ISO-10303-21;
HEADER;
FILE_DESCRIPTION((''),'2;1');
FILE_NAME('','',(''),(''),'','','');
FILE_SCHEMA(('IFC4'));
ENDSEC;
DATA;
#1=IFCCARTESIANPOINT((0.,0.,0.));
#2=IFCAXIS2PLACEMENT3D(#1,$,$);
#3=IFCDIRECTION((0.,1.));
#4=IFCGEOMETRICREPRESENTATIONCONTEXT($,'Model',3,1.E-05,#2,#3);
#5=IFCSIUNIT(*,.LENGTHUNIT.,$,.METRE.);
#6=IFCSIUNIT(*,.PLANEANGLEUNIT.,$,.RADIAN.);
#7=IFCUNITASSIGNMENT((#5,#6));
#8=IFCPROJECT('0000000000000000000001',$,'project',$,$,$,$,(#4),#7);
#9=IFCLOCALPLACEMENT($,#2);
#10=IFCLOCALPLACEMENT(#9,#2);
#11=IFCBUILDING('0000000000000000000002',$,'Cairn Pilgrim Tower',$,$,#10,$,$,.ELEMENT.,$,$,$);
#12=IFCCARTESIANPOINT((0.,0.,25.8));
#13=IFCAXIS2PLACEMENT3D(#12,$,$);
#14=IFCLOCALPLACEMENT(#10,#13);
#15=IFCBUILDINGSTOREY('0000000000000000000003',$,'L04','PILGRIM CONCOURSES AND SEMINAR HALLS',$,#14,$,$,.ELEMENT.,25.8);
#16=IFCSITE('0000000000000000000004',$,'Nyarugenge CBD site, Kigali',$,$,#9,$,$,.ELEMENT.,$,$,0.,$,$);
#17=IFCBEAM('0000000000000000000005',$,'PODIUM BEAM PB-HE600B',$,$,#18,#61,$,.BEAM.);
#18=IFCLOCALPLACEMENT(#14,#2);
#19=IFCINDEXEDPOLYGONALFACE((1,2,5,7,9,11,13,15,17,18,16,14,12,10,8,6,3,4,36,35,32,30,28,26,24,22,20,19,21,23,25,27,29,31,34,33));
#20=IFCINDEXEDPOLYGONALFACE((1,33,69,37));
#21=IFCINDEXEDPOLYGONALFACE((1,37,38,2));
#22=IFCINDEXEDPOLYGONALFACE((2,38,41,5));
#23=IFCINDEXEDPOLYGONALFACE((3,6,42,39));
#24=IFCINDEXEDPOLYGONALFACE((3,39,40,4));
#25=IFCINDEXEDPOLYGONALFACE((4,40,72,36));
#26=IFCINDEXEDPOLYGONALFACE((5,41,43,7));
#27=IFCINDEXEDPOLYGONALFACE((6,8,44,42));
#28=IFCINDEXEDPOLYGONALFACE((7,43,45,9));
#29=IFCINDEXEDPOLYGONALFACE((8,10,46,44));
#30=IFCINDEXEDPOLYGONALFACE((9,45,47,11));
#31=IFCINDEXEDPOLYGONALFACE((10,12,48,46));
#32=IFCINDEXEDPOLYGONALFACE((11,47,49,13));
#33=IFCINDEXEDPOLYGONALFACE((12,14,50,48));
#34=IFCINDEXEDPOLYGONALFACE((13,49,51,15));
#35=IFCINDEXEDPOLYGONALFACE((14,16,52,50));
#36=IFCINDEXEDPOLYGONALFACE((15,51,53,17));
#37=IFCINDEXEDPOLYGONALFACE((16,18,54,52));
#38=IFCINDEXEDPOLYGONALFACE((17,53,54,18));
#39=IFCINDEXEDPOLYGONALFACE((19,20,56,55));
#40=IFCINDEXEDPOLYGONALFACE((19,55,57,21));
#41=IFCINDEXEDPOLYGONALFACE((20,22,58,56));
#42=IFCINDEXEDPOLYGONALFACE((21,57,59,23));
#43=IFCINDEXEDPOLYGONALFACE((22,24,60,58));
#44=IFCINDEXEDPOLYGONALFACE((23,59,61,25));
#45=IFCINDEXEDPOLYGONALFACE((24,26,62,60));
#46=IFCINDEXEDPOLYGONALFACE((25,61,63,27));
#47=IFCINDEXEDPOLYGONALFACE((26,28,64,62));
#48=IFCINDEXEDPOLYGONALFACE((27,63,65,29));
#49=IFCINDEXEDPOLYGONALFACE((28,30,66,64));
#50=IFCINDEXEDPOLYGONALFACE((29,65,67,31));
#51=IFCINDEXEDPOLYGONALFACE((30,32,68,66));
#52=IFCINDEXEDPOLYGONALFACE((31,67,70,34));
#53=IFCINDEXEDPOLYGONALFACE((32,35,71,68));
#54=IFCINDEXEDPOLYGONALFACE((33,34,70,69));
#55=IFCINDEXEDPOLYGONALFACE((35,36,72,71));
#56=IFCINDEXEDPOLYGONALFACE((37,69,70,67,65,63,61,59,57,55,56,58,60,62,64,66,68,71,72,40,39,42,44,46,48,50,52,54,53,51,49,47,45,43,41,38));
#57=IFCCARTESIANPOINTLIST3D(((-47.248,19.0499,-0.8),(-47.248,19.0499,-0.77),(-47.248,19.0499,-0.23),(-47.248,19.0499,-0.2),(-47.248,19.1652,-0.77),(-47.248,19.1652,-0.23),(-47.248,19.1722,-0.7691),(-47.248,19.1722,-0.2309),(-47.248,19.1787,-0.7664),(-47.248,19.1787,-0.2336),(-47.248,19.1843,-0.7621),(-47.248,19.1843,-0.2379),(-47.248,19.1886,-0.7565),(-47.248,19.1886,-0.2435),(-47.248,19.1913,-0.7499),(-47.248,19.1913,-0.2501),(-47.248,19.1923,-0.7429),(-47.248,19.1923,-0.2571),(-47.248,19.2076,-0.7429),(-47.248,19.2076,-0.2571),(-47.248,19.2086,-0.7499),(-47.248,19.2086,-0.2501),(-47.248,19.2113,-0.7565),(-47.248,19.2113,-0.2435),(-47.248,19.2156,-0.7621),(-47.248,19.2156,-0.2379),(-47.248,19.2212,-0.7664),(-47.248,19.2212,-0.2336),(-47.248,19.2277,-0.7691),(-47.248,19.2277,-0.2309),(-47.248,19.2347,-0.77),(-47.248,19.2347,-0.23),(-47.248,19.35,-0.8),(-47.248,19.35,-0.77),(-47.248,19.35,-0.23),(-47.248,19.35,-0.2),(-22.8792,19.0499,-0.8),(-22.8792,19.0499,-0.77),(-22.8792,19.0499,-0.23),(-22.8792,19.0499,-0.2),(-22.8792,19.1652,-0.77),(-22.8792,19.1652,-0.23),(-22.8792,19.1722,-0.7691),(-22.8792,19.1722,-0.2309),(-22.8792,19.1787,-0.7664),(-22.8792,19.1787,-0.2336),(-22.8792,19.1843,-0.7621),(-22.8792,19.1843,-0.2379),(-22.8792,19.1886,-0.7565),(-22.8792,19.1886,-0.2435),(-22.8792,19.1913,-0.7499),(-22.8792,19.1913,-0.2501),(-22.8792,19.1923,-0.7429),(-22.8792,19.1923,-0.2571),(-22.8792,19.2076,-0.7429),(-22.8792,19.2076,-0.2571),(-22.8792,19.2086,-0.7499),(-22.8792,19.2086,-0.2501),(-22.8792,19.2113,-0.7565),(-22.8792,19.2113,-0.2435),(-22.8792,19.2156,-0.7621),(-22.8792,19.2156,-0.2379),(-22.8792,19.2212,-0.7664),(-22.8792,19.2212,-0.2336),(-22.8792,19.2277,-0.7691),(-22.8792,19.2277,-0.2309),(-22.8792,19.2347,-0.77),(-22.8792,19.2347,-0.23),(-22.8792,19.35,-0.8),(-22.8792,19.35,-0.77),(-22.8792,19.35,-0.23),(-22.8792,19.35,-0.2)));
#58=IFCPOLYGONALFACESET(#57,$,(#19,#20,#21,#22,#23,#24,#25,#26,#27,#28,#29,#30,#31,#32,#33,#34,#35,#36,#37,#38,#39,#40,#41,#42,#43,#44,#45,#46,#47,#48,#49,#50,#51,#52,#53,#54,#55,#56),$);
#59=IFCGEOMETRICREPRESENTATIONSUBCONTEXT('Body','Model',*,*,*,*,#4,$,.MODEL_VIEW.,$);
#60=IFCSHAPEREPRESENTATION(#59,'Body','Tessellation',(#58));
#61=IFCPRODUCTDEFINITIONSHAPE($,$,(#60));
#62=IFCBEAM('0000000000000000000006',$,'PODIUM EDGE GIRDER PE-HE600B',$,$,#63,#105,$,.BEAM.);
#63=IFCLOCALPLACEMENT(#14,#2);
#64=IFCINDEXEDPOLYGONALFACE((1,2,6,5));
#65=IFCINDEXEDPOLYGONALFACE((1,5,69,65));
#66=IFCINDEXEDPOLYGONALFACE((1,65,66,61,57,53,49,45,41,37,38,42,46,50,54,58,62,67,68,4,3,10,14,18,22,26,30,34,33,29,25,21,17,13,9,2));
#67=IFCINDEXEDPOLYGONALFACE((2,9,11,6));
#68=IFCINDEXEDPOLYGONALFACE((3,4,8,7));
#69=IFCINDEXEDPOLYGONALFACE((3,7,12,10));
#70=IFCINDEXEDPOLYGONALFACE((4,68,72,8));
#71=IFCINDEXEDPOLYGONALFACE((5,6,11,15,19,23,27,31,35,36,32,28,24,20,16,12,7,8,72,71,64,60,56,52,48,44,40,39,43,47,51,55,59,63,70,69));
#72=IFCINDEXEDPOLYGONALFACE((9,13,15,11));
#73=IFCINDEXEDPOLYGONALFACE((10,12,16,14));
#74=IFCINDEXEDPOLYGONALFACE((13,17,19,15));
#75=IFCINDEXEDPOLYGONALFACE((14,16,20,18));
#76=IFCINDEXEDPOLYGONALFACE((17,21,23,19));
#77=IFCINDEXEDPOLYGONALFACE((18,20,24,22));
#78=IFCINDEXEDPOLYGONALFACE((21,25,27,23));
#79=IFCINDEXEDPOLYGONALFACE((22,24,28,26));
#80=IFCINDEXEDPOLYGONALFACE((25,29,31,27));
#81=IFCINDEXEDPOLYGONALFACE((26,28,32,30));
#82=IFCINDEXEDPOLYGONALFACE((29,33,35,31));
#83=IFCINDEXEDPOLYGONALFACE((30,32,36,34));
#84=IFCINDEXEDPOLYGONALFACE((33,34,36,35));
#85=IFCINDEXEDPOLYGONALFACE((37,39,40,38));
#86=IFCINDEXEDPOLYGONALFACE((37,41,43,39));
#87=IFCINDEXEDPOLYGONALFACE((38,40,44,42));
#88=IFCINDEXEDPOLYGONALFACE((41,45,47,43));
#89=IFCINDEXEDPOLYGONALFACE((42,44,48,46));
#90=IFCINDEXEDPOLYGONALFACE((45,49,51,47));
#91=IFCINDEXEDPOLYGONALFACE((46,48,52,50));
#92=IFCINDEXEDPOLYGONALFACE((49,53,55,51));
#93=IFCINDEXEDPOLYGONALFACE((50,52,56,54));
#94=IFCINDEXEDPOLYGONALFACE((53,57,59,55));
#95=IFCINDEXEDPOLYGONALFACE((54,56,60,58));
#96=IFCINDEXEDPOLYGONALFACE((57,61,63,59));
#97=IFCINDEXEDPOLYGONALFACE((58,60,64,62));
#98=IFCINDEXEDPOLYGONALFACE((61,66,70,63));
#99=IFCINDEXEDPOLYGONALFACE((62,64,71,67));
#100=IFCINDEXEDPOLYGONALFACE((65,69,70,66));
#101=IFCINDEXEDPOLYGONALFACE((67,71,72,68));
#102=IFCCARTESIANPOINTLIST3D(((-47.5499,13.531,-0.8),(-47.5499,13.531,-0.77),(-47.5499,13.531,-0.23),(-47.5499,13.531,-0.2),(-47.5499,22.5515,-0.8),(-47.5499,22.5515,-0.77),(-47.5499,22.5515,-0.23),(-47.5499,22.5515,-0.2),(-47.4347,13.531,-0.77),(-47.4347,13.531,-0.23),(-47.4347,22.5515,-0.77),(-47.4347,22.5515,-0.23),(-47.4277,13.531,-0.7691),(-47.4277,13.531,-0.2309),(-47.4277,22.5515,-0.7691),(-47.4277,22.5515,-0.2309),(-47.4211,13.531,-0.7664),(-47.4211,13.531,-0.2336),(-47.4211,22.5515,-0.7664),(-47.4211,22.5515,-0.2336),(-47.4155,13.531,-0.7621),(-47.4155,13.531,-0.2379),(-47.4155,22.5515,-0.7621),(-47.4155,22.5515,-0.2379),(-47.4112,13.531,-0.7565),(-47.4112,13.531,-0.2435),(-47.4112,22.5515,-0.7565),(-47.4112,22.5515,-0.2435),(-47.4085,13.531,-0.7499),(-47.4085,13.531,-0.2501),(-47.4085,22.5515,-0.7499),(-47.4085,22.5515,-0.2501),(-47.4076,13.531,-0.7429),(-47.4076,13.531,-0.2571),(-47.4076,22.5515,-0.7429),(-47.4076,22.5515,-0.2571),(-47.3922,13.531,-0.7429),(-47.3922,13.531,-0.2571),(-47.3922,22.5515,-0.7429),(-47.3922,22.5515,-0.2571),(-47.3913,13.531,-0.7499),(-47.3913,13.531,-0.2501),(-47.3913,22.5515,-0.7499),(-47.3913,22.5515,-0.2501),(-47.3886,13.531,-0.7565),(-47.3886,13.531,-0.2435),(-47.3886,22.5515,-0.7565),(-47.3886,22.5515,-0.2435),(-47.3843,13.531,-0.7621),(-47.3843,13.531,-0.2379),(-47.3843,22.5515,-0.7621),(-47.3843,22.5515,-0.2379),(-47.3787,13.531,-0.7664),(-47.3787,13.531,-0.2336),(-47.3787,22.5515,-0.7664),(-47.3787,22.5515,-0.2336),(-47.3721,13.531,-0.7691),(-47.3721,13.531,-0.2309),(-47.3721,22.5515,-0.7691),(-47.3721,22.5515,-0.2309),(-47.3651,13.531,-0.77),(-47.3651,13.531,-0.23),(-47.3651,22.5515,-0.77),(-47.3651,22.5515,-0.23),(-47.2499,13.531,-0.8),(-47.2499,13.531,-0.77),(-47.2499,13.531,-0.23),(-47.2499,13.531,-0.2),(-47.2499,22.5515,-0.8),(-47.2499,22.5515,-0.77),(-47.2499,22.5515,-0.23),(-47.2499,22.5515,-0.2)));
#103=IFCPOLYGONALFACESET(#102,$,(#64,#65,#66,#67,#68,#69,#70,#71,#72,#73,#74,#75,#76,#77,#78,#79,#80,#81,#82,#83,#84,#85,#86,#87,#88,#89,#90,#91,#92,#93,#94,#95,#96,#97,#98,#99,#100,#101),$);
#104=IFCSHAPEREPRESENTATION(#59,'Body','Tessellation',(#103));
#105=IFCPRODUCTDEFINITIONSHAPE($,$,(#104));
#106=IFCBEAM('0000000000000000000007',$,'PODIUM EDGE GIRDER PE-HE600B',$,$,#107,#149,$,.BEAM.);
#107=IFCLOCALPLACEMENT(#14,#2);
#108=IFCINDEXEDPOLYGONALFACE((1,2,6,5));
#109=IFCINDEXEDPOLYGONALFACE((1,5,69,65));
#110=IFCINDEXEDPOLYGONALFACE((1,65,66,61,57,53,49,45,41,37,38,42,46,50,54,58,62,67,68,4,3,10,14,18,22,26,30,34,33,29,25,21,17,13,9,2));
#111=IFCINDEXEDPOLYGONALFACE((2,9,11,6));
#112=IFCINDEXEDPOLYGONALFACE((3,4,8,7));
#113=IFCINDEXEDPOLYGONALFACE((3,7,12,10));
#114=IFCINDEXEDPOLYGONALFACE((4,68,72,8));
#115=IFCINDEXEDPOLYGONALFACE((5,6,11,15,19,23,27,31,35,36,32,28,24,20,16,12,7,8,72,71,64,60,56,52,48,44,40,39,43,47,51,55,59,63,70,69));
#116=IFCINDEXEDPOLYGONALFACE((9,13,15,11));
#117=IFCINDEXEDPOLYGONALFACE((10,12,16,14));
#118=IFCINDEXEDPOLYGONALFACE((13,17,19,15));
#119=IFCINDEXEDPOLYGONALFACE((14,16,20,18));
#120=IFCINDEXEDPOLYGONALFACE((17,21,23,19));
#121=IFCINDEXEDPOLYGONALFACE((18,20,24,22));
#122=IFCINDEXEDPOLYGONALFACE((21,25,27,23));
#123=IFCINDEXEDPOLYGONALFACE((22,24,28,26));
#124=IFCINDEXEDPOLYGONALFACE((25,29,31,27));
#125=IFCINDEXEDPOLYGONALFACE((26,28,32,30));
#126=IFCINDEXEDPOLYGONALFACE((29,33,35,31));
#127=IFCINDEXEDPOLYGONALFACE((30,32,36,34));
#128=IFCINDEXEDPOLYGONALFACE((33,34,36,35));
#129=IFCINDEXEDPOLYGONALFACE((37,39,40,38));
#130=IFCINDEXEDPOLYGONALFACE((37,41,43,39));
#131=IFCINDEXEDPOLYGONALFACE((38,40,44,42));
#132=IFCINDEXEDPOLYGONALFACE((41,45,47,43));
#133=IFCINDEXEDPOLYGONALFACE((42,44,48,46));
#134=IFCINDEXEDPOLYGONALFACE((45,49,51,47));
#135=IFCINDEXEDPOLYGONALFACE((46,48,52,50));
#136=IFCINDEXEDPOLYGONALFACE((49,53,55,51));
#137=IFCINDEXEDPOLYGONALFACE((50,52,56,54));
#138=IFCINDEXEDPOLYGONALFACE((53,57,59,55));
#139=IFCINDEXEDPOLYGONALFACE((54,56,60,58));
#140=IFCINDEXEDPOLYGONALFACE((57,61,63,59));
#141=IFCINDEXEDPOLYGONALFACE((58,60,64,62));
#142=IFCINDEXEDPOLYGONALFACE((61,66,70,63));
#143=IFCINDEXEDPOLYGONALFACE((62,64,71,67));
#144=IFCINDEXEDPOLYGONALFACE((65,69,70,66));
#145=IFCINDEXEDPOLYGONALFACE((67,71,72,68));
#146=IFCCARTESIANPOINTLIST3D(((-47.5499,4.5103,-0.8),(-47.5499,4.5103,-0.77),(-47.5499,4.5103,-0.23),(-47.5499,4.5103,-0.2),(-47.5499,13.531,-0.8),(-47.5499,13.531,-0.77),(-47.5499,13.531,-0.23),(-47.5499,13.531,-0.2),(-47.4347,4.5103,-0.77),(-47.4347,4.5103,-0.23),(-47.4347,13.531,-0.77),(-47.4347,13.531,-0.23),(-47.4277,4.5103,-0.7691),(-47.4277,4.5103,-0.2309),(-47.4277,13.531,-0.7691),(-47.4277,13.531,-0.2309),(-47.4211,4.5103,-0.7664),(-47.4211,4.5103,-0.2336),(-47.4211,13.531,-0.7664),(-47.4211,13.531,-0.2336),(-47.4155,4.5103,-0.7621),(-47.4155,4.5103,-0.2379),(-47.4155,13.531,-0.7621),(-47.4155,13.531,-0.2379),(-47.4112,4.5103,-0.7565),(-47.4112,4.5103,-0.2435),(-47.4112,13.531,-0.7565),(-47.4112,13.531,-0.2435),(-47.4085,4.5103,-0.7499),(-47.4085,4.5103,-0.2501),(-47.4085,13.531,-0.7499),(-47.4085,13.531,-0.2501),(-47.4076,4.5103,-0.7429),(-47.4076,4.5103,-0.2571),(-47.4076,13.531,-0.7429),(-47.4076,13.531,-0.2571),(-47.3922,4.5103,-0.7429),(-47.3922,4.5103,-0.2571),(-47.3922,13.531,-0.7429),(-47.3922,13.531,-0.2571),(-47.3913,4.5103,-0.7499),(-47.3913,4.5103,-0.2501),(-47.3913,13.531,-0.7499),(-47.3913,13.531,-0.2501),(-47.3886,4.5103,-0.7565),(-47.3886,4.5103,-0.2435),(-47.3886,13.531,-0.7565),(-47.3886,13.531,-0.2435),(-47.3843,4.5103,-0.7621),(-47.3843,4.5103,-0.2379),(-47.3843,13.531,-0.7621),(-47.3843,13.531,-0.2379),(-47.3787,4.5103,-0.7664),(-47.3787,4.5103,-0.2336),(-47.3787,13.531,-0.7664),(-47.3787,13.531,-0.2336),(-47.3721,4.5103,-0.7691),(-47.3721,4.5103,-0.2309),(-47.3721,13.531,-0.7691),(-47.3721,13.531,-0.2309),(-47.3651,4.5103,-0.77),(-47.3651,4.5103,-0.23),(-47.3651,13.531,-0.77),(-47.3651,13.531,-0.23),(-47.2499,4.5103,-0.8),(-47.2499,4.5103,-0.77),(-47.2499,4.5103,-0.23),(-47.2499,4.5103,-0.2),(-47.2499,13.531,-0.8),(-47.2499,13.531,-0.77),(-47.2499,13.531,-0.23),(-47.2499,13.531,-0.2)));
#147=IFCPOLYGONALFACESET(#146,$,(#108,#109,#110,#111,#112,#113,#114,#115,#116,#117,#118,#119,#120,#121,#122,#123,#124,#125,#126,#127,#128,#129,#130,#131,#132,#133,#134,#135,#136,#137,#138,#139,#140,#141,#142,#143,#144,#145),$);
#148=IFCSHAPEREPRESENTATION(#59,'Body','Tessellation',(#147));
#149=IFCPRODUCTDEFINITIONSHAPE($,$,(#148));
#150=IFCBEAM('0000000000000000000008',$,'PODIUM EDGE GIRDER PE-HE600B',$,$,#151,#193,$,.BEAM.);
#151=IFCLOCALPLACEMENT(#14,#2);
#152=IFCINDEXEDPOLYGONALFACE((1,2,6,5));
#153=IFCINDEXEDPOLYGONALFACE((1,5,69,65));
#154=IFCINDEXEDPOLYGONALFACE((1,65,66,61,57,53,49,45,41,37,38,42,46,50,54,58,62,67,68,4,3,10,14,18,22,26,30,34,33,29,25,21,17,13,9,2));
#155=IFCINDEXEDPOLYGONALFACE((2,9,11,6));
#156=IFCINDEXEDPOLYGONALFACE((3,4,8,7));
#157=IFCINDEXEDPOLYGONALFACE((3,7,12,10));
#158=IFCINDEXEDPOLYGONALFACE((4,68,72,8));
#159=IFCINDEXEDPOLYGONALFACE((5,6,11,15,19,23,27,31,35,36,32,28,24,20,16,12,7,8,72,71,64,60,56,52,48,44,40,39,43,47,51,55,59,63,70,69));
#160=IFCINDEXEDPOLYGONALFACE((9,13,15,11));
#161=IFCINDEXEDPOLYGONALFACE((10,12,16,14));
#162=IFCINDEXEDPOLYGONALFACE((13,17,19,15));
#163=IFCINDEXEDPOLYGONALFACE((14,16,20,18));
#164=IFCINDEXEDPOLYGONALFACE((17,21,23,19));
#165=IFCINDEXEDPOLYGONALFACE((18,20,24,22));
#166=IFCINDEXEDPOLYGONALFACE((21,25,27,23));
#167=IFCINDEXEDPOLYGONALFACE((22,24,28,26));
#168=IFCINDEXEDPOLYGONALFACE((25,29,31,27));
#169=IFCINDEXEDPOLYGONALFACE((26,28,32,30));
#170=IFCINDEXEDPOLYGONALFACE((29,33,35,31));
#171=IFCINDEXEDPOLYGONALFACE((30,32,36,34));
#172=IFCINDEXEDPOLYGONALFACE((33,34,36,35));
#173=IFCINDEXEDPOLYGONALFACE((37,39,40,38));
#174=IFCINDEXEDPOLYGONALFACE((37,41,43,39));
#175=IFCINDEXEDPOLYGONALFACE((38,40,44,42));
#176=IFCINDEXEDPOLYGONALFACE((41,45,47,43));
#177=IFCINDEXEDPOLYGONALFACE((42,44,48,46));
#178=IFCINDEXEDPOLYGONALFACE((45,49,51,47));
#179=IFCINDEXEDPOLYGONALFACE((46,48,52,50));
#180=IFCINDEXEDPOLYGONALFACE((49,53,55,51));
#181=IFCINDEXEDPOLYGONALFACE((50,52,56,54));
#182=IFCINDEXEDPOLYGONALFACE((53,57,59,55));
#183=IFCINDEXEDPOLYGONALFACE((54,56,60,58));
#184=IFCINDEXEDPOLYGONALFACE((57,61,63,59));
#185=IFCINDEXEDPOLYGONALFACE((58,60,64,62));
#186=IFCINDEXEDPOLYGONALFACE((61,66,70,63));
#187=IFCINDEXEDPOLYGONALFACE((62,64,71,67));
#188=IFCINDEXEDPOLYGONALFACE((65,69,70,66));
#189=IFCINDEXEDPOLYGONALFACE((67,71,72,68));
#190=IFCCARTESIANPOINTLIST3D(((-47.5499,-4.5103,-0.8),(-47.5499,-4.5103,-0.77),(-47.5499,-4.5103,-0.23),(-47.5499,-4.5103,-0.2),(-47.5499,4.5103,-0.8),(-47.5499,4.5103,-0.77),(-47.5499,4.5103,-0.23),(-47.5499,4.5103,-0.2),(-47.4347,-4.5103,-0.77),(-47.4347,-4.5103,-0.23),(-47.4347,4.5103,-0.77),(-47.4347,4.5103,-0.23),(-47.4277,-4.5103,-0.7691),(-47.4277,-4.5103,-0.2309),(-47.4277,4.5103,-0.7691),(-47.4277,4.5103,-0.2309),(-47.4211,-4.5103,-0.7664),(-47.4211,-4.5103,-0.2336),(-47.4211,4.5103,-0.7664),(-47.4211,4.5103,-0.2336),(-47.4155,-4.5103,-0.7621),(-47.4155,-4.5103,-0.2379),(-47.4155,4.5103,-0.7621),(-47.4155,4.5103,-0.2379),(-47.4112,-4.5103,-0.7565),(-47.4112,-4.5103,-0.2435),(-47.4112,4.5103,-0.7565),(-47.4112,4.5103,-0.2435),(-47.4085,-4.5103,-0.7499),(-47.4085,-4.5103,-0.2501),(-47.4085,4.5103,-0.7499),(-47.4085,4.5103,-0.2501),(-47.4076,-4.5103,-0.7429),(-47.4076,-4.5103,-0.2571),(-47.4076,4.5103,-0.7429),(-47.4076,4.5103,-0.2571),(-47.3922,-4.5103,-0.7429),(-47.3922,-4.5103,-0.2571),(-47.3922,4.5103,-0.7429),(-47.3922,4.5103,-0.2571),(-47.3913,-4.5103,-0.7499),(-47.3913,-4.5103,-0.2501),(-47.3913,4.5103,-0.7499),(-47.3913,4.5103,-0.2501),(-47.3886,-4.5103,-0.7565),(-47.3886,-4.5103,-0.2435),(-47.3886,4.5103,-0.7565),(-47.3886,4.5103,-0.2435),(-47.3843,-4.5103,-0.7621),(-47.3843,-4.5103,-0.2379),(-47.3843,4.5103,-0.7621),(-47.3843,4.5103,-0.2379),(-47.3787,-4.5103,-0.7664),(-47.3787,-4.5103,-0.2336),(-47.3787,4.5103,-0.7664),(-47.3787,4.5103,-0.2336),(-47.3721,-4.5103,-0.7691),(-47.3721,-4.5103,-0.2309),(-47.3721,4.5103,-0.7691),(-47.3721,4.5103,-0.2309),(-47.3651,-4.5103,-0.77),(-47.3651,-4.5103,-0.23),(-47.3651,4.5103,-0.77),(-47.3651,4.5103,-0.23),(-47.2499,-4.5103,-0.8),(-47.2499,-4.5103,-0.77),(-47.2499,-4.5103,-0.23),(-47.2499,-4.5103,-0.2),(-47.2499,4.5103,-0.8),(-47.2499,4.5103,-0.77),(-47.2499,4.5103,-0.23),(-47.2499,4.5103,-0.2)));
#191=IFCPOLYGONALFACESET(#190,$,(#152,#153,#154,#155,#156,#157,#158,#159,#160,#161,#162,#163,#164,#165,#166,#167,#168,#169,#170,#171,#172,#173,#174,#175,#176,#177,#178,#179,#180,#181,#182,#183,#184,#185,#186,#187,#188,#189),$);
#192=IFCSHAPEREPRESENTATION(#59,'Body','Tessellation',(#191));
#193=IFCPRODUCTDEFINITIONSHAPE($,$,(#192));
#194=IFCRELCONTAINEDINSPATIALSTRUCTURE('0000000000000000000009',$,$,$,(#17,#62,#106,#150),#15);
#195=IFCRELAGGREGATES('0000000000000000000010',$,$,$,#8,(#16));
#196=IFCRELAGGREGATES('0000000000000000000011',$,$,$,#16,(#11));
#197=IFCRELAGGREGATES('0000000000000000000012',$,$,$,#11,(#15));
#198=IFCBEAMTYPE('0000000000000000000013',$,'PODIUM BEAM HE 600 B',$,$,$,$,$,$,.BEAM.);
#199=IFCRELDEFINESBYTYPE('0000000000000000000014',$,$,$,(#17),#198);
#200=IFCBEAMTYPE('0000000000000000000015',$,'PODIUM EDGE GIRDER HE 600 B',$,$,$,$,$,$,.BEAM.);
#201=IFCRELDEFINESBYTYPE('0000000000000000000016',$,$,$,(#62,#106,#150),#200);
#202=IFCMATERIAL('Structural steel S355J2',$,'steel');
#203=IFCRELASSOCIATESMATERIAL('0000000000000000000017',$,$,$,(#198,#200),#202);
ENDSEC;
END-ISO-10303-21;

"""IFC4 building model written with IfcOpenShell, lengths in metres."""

from ifc_helpers import new_model, si_unit, direction, frame, origin, origin_2d, place, context, subcontext, project, spatial, i_section, extrude, material, material_profile, profile_set, type_object, element, save


model = new_model("IFC4")

# Units and contexts
model_context = context("Model", 3, precision=1e-05, world=origin(), true_north=direction((0.0, 1.0)))
body_context = subcontext(model_context, "Body", "Model", "MODEL_VIEW")
ifc_project = project(units=[si_unit("LENGTHUNIT", "METRE"), si_unit("PLANEANGLEUNIT", "RADIAN")], contexts=[model_context])

# Site, building, storey
site_placement = place(None, origin())
site = spatial("IfcSite", under=ifc_project, at=site_placement, Name="Nyarugenge CBD site, Kigali", CompositionType="ELEMENT", RefElevation=0.0)
building_placement = place(site_placement, origin())
building = spatial("IfcBuilding", under=site, at=building_placement, Name="Cairn Pilgrim Tower", CompositionType="ELEMENT")
storey_placement = place(building_placement, frame((0.0, 0.0, 25.8)))
storey = spatial("IfcBuildingStorey", under=building, at=storey_placement, Name="L04", Description="PILGRIM CONCOURSES AND SEMINAR HALLS", CompositionType="ELEMENT", Elevation=25.8)

# Beams
ifc_material_1 = material(Name="Structural steel S355J2", Category="steel")
ifc_material_profile_1 = material_profile(ifc_material_1, i_section(OverallWidth=0.3, OverallDepth=0.6001, WebThickness=0.0154, FlangeThickness=0.03, FilletRadius=0.0271, at=origin_2d()), Name="HEB 600")
ifc_profile_set_1 = profile_set([ifc_material_profile_1], Name="Structural steel S355J2")
beam_type_1 = type_object("IfcBeamType", Name="PODIUM BEAM HE 600 B", PredefinedType="BEAM", material=ifc_profile_set_1)
beam_1_placement = place(storey_placement, frame((-47.248, 19.2, -0.5), z_axis=(1.0, 0.0, 0.0), x_axis=(0.0, 1.0, 0.0)))
element("IfcBeam", 1, at=beam_1_placement, inside=storey, type_object=beam_type_1, Name="PODIUM BEAM PB-HE600B", PredefinedType="BEAM", context=body_context, shape_type="SweptSolid", body=[
    extrude(i_section(OverallWidth=0.3, OverallDepth=0.6001, WebThickness=0.0154, FlangeThickness=0.03, FilletRadius=0.0271, at=origin_2d()), origin(), (0.0, 0.0, 1.0), 24.3689),
])
ifc_material_profile_2 = material_profile(ifc_material_1, i_section(OverallWidth=0.3, OverallDepth=0.6001, WebThickness=0.0154, FlangeThickness=0.03, FilletRadius=0.0271, at=origin_2d()), Name="HEB 600")
ifc_profile_set_2 = profile_set([ifc_material_profile_2], Name="Structural steel S355J2")
beam_type_2 = type_object("IfcBeamType", Name="PODIUM EDGE GIRDER HE 600 B", PredefinedType="BEAM", material=ifc_profile_set_2)
beam_2_placement = place(storey_placement, frame((-47.3999, 22.5515, -0.5), z_axis=(0.0, -1.0, 0.0), x_axis=(1.0, 0.0, 0.0)))
element("IfcBeam", 2, at=beam_2_placement, inside=storey, type_object=beam_type_2, Name="PODIUM EDGE GIRDER PE-HE600B", PredefinedType="BEAM", context=body_context, shape_type="SweptSolid", body=[
    extrude(i_section(OverallWidth=0.3, OverallDepth=0.6001, WebThickness=0.0154, FlangeThickness=0.03, FilletRadius=0.0271, at=origin_2d()), origin(), (0.0, 0.0, 1.0), 9.0205),
])
beam_3_placement = place(storey_placement, frame((-47.3999, 13.531, -0.5), z_axis=(0.0, -1.0, 0.0), x_axis=(1.0, 0.0, 0.0)))
element("IfcBeam", 3, at=beam_3_placement, inside=storey, type_object=beam_type_2, Name="PODIUM EDGE GIRDER PE-HE600B", PredefinedType="BEAM", context=body_context, shape_type="SweptSolid", body=[
    extrude(i_section(OverallWidth=0.3, OverallDepth=0.6001, WebThickness=0.0154, FlangeThickness=0.03, FilletRadius=0.0271, at=origin_2d()), origin(), (0.0, 0.0, 1.0), 9.0208),
])
beam_4_placement = place(storey_placement, frame((-47.3999, 4.5103, -0.5), z_axis=(0.0, -1.0, 0.0), x_axis=(1.0, 0.0, 0.0)))
element("IfcBeam", 4, at=beam_4_placement, inside=storey, type_object=beam_type_2, Name="PODIUM EDGE GIRDER PE-HE600B", PredefinedType="BEAM", context=body_context, shape_type="SweptSolid", body=[
    extrude(i_section(OverallWidth=0.3, OverallDepth=0.6001, WebThickness=0.0154, FlangeThickness=0.03, FilletRadius=0.0271, at=origin_2d()), origin(), (0.0, 0.0, 1.0), 9.0205),
])

save(model, "model.ifc")
